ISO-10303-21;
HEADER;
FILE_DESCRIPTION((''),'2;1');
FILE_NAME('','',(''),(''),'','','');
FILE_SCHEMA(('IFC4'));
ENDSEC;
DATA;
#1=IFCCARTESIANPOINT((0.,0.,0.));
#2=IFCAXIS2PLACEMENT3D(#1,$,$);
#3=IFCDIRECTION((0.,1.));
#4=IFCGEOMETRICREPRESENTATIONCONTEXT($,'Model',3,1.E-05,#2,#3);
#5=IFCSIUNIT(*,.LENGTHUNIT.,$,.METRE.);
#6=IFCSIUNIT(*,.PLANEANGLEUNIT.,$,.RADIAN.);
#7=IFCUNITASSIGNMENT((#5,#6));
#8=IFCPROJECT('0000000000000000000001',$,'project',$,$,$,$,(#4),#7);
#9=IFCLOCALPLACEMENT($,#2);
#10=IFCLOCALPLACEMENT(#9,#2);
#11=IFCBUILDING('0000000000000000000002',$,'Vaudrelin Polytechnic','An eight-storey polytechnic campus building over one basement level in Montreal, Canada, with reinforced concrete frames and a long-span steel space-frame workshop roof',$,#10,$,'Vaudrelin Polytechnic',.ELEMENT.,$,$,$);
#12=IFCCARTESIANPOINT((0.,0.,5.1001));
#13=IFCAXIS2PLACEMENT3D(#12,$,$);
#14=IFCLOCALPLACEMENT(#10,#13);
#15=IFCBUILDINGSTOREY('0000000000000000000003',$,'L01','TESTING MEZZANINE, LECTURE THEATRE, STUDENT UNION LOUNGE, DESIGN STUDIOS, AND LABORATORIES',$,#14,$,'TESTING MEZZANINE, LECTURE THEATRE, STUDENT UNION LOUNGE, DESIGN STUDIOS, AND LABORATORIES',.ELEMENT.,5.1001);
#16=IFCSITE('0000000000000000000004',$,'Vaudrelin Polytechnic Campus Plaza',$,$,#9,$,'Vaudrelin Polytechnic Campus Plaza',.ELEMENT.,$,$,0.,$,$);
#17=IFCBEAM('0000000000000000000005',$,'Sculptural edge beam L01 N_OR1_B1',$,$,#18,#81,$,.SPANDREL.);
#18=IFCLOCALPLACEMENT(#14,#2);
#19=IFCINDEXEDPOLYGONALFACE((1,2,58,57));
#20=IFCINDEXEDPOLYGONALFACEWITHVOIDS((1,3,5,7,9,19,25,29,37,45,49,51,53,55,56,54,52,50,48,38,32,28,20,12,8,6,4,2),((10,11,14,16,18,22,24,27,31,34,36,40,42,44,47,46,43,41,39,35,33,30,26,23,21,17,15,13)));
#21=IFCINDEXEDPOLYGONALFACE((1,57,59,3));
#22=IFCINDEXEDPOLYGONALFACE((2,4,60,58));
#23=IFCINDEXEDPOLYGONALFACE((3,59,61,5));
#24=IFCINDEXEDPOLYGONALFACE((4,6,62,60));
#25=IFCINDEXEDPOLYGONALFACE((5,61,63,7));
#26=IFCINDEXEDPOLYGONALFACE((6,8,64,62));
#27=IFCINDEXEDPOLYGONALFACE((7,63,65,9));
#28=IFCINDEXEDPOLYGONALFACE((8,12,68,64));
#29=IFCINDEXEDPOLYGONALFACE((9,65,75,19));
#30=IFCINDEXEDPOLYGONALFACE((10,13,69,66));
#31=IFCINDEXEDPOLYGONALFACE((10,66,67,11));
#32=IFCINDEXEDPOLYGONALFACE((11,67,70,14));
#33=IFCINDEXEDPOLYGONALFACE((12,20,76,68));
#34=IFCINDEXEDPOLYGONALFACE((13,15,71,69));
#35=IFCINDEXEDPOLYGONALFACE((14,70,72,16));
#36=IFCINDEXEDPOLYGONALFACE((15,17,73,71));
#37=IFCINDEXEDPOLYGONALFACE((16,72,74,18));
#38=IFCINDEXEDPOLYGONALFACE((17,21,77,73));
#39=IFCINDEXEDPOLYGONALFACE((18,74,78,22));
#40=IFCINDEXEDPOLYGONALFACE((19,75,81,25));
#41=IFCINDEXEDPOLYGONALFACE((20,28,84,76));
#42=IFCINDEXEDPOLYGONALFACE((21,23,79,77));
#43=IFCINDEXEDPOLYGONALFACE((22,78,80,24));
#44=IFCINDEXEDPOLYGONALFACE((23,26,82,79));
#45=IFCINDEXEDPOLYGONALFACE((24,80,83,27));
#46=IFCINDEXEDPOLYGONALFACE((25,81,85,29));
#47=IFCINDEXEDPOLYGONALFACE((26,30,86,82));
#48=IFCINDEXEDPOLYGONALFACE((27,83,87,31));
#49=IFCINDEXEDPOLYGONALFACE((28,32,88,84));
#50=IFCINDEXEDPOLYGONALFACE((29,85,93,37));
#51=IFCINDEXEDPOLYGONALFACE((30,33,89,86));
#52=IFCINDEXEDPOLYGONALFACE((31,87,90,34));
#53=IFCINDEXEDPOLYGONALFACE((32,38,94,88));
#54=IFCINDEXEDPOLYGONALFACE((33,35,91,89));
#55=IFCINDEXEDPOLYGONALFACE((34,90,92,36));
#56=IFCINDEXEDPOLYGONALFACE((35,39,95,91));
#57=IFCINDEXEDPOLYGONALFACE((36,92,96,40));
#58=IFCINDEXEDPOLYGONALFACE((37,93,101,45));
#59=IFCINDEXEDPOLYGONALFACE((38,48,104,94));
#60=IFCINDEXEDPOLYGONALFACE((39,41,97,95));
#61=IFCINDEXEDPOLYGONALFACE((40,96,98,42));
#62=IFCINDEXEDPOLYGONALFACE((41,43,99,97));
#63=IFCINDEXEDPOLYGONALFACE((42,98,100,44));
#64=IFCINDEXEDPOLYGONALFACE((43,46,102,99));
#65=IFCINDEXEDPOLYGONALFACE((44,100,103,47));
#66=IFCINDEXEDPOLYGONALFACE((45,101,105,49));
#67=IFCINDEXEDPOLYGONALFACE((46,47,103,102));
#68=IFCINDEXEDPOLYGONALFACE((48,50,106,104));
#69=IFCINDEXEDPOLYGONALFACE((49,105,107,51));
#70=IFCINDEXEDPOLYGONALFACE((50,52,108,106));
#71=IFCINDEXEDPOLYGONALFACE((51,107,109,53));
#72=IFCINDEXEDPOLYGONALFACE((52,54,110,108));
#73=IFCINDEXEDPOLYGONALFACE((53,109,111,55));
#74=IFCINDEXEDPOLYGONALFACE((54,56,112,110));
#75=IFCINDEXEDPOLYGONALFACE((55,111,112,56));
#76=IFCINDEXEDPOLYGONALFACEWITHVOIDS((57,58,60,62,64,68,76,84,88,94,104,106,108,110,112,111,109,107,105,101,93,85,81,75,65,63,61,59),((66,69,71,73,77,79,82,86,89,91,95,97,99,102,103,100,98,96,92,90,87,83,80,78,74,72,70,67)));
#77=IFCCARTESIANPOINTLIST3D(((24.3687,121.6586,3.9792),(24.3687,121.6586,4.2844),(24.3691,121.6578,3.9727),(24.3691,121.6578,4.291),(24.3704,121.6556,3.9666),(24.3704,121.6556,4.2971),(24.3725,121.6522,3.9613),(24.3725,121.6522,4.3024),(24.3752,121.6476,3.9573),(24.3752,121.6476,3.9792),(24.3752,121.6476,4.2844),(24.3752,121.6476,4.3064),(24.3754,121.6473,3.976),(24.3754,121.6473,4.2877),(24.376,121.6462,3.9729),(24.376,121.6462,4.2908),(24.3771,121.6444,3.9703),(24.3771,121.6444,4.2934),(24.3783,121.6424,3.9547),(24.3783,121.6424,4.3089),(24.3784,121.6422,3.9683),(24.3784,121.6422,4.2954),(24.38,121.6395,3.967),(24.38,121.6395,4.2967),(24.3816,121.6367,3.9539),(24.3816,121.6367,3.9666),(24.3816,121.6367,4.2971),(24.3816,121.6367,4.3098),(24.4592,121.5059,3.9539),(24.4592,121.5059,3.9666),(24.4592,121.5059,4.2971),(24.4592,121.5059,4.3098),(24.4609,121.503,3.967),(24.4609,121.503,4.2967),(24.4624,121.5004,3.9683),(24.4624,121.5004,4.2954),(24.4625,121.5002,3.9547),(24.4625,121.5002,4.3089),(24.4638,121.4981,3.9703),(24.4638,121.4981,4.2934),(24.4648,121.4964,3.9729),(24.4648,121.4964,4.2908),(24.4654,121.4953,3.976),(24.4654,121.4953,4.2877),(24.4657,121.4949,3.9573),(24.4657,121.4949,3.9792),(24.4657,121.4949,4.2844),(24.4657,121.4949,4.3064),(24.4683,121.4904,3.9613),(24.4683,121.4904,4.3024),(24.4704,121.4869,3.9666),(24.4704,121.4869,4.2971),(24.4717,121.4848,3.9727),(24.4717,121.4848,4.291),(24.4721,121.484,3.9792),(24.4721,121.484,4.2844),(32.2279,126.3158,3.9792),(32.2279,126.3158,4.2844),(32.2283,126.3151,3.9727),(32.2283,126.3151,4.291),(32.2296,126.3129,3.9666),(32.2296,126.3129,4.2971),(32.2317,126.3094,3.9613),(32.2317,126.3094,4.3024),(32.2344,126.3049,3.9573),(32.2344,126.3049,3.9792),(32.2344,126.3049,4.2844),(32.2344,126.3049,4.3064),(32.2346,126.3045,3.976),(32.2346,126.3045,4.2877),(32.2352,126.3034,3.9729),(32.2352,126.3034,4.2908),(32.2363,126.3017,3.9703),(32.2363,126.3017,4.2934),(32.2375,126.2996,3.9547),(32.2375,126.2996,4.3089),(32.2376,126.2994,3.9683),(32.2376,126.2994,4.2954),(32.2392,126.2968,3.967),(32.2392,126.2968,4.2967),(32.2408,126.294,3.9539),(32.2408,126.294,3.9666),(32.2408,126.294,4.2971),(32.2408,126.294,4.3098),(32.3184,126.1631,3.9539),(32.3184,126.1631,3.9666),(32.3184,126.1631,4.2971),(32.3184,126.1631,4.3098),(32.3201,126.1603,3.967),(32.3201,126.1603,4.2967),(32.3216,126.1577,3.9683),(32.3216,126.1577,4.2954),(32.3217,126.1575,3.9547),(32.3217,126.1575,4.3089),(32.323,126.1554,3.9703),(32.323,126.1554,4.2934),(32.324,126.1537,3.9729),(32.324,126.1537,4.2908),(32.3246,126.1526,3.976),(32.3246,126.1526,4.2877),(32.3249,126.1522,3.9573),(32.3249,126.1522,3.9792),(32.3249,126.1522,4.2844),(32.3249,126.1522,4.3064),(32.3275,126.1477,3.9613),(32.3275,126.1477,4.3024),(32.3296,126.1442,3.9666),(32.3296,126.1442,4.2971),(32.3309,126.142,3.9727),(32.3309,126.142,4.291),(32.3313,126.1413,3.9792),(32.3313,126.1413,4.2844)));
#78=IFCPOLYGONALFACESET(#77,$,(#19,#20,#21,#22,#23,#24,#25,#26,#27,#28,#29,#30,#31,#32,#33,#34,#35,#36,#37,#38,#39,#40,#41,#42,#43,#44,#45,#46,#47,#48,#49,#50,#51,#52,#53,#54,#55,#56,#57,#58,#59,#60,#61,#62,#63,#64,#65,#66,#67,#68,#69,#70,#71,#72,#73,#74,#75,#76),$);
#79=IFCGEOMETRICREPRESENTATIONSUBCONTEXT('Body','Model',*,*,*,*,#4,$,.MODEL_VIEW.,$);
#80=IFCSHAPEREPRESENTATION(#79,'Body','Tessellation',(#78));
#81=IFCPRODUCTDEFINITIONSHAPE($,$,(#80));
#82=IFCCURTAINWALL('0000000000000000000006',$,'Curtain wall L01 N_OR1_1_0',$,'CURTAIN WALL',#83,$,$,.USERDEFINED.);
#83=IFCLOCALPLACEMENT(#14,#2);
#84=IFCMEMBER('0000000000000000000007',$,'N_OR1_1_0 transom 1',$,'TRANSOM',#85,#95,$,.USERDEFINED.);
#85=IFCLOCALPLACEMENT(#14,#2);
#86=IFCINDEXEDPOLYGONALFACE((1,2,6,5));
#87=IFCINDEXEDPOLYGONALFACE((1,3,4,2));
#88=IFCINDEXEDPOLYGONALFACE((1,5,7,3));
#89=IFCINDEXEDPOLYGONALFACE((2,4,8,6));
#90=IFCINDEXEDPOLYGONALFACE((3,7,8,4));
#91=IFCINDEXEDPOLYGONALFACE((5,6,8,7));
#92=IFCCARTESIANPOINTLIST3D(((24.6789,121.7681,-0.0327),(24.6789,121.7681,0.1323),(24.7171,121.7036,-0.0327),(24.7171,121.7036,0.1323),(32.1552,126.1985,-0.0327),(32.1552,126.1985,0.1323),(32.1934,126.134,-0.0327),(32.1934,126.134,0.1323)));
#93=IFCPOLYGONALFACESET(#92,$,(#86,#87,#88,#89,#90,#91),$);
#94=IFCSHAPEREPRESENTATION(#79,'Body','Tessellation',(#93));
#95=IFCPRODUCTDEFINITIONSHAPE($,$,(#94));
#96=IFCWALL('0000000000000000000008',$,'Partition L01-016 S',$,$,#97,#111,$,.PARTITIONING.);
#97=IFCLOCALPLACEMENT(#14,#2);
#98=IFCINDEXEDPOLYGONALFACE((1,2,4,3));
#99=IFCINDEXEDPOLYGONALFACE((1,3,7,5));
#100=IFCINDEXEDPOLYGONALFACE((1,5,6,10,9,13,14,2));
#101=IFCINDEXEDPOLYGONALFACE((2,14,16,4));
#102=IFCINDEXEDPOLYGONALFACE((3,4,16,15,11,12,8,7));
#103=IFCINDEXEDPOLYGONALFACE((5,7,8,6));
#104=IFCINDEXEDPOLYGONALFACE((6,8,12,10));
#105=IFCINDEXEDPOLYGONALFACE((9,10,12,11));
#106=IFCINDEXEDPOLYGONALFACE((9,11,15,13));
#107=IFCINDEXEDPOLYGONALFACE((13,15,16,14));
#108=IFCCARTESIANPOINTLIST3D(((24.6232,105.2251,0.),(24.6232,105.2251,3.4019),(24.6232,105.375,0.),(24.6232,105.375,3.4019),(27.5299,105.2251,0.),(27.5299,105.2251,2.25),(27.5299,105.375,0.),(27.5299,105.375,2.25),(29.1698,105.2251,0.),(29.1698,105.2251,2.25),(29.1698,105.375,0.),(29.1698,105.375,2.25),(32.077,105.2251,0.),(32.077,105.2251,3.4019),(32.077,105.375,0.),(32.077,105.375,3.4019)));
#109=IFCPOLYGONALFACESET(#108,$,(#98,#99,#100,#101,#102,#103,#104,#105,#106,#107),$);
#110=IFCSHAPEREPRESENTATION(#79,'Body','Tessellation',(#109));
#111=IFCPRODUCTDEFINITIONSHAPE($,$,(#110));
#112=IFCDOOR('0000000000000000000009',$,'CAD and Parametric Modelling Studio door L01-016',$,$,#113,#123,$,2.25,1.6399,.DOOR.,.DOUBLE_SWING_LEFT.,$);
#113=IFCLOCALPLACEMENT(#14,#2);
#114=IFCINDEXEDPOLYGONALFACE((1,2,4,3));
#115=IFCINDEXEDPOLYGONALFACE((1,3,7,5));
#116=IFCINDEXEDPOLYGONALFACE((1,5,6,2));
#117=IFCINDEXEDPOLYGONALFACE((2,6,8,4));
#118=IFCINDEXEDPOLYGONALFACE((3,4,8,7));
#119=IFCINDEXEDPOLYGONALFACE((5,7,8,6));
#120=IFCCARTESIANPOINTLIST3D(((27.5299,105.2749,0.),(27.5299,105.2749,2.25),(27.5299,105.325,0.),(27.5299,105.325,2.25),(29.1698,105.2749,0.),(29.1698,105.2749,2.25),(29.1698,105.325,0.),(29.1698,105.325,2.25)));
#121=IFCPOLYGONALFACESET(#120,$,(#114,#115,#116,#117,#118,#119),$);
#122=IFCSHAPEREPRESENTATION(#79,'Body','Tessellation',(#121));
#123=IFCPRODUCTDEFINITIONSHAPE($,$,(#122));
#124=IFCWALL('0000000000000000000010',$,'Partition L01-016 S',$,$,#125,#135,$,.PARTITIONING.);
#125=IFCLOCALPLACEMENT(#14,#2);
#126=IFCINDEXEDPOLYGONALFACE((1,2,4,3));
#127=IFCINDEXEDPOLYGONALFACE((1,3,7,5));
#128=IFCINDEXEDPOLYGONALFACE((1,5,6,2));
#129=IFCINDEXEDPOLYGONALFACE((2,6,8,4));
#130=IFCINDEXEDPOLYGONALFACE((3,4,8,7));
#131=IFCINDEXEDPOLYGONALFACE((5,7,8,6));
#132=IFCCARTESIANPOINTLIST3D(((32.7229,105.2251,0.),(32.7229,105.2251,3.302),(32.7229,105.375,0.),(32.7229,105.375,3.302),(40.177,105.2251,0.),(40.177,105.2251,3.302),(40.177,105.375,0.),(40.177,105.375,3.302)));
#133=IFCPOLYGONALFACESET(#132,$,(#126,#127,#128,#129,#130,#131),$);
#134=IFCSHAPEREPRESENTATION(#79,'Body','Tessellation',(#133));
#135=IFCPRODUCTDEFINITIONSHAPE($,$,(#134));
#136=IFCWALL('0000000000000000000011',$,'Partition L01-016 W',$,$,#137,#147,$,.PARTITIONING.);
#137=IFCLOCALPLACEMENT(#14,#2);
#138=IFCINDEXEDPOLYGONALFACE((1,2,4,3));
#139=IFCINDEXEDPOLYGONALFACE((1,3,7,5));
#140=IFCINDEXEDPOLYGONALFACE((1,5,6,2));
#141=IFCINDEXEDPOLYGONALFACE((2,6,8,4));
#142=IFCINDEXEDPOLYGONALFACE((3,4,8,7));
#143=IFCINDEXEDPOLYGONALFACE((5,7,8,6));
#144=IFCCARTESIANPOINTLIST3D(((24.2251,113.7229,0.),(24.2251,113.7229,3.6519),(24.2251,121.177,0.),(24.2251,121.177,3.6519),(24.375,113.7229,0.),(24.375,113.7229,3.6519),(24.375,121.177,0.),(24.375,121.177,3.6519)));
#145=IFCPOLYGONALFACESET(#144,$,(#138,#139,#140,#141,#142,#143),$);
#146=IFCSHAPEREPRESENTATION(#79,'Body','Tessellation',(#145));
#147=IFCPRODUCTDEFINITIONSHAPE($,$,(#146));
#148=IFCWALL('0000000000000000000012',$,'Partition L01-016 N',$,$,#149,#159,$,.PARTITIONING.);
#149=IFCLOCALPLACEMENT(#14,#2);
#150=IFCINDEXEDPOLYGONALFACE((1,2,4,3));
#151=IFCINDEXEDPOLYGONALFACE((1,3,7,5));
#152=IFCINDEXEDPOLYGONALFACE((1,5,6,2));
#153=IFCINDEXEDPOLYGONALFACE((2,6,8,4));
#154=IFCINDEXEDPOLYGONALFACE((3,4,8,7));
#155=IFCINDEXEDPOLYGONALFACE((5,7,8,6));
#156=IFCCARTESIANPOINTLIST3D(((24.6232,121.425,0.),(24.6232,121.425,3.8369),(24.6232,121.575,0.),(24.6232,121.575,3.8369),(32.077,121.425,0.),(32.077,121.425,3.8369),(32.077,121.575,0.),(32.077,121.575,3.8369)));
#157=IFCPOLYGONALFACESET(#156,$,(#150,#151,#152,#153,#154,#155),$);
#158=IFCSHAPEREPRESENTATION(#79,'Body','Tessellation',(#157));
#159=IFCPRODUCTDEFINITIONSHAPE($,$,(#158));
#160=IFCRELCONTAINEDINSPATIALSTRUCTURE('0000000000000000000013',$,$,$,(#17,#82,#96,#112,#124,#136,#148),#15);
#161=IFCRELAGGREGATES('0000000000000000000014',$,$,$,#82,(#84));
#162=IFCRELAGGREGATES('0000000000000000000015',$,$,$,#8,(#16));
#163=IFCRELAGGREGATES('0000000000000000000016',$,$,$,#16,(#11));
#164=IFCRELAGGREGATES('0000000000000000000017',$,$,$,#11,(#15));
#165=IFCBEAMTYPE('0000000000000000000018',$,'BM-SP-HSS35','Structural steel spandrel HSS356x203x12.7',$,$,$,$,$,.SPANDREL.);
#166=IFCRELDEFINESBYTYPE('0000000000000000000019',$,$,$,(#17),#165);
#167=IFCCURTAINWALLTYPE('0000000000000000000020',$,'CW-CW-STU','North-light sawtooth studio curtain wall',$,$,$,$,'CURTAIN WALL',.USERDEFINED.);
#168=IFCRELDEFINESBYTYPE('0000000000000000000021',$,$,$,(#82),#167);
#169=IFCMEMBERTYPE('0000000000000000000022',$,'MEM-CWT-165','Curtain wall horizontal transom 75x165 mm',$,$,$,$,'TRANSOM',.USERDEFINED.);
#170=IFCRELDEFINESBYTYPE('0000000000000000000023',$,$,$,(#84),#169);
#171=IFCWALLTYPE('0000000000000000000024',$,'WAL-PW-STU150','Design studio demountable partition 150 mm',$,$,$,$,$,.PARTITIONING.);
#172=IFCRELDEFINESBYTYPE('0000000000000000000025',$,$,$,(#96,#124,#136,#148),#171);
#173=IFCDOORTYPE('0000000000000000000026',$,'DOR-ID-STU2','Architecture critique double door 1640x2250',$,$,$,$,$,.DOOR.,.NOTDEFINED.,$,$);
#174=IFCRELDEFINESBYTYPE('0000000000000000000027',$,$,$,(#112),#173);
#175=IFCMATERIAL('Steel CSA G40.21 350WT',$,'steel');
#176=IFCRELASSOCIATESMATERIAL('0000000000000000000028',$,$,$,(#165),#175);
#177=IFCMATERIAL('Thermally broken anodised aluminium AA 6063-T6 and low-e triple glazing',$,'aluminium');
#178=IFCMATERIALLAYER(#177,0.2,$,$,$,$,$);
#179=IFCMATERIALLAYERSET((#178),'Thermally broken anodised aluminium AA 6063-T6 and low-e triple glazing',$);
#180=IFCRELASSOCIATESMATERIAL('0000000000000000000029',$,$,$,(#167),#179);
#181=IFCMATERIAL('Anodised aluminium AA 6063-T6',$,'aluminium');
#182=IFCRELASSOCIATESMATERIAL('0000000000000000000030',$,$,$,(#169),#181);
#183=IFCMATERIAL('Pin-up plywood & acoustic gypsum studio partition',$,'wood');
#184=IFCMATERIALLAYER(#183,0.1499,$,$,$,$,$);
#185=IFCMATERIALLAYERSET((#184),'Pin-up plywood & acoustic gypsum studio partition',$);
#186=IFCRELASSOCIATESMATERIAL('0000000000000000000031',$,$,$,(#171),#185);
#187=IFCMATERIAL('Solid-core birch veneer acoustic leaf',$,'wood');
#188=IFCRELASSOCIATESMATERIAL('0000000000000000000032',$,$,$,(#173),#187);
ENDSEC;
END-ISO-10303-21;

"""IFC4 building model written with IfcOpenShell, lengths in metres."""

from ifc_helpers import new_model, si_unit, direction, frame, frame_2d, origin, origin_2d, place, context, subcontext, project, spatial, rectangle, hollow_rectangle, extrude, material, layer, layer_set, material_profile, profile_set, type_object, element, fill, aggregate, save


model = new_model("IFC4")

# Units and contexts
model_context = context("Model", 3, precision=1e-05, world=origin(), true_north=direction((0.0, 1.0)))
body_context = subcontext(model_context, "Body", "Model", "MODEL_VIEW")
ifc_project = project(units=[si_unit("LENGTHUNIT", "METRE"), si_unit("PLANEANGLEUNIT", "RADIAN")], contexts=[model_context])

# Site, building, storey
site_placement = place(None, origin())
site = spatial("IfcSite", under=ifc_project, at=site_placement, Name="Vaudrelin Polytechnic Campus Plaza", LongName="Vaudrelin Polytechnic Campus Plaza", CompositionType="ELEMENT", RefElevation=0.0)
building_placement = place(site_placement, origin())
building = spatial("IfcBuilding", under=site, at=building_placement, Name="Vaudrelin Polytechnic", Description="An eight-storey polytechnic campus building over one basement level in Montreal, Canada, with reinforced concrete frames and a long-span steel space-frame workshop roof", LongName="Vaudrelin Polytechnic", CompositionType="ELEMENT")
storey_placement = place(building_placement, frame((0.0, 0.0, 5.1001)))
storey = spatial("IfcBuildingStorey", under=building, at=storey_placement, Name="L01", Description="TESTING MEZZANINE, LECTURE THEATRE, STUDENT UNION LOUNGE, DESIGN STUDIOS, AND LABORATORIES", LongName="TESTING MEZZANINE, LECTURE THEATRE, STUDENT UNION LOUNGE, DESIGN STUDIOS, AND LABORATORIES", CompositionType="ELEMENT", Elevation=5.1001)

# Beam
ifc_material_1 = material(Name="Steel CSA G40.21 350WT", Category="steel")
ifc_material_profile_1 = material_profile(ifc_material_1, hollow_rectangle(XDim=0.2029, YDim=0.356, WallThickness=0.0127, InnerFilletRadius=0.0127, OuterFilletRadius=0.0254, at=origin_2d()), Name="HSS356x203x12.7")
ifc_profile_set_1 = profile_set([ifc_material_profile_1], Name="Steel CSA G40.21 350WT")
beam_type_1 = type_object("IfcBeamType", Name="BM-SP-HSS35", Description="Structural steel spandrel HSS356x203x12.7", PredefinedType="SPANDREL", material=ifc_profile_set_1)
beam_1_placement = place(storey_placement, frame((24.4204, 121.5713, 4.1318), z_axis=(0.860293, 0.509799, 0.0), x_axis=(-0.509799, 0.860293, 0.0)))
element("IfcBeam", 1, at=beam_1_placement, inside=storey, type_object=beam_type_1, Name="Sculptural edge beam L01 N_OR1_B1", PredefinedType="SPANDREL", context=body_context, shape_type="SweptSolid", body=[
    extrude(hollow_rectangle(XDim=0.2029, YDim=0.356, WallThickness=0.0127, InnerFilletRadius=0.0127, OuterFilletRadius=0.0254, at=origin_2d()), origin(), (0.0, 0.0, 1.0), 9.1355),
])

# Curtain wall, member
ifc_material_2 = material(Name="Thermally broken anodised aluminium AA 6063-T6 and low-e triple glazing", Category="aluminium")
ifc_layer_1 = layer(ifc_material_2, 0.2)
ifc_layer_set_1 = layer_set([ifc_layer_1], Name="Thermally broken anodised aluminium AA 6063-T6 and low-e triple glazing")
curtain_wall_type = type_object("IfcCurtainWallType", Name="CW-CW-STU", Description="North-light sawtooth studio curtain wall", ElementType="CURTAIN WALL", PredefinedType="USERDEFINED", material=ifc_layer_set_1)
curtain_wall_placement = place(storey_placement, origin())
curtain_wall = element("IfcCurtainWall", 2, at=curtain_wall_placement, inside=storey, type_object=curtain_wall_type, Name="Curtain wall L01 N_OR1_1_0", ObjectType="CURTAIN WALL", PredefinedType="USERDEFINED")
ifc_material_3 = material(Name="Anodised aluminium AA 6063-T6", Category="aluminium")
ifc_material_profile_2 = material_profile(ifc_material_3, rectangle(XDim=0.075, YDim=0.165, at=origin_2d()), Name="CWT-75x165")
ifc_profile_set_2 = profile_set([ifc_material_profile_2], Name="Anodised aluminium AA 6063-T6")
member_type = type_object("IfcMemberType", Name="MEM-CWT-165", Description="Curtain wall horizontal transom 75x165 mm", ElementType="TRANSOM", PredefinedType="USERDEFINED", material=ifc_profile_set_2)
member_placement = place(storey_placement, frame((24.698, 121.7358, 0.0498), z_axis=(0.860291, 0.509803, 0.0), x_axis=(-0.509803, 0.860291, 0.0)))
member = element("IfcMember", 3, at=member_placement, type_object=member_type, Name="N_OR1_1_0 transom 1", ObjectType="TRANSOM", PredefinedType="USERDEFINED", context=body_context, shape_type="SweptSolid", body=[
    extrude(rectangle(XDim=0.075, YDim=0.165, at=origin_2d()), origin(), (0.0, 0.0, 1.0), 8.6904),
])
aggregate(curtain_wall, [member])

# Wall, opening, door
ifc_material_4 = material(Name="Pin-up plywood & acoustic gypsum studio partition", Category="wood")
ifc_layer_2 = layer(ifc_material_4, 0.1499)
ifc_layer_set_2 = layer_set([ifc_layer_2], Name="Pin-up plywood & acoustic gypsum studio partition")
wall_type_1 = type_object("IfcWallType", Name="WAL-PW-STU150", Description="Design studio demountable partition 150 mm", PredefinedType="PARTITIONING", material=ifc_layer_set_2)
wall_1_placement = place(storey_placement, frame((24.623, 105.3, 0.0), z_axis=(0.0, 0.0, 1.0), x_axis=(1.0, 0.0, 0.0)))
wall_1 = element("IfcWall", 4, at=wall_1_placement, inside=storey, type_object=wall_type_1, Name="Partition L01-016 S", PredefinedType="PARTITIONING", context=body_context, shape_type="SweptSolid", body=[
    extrude(rectangle(XDim=7.4539, YDim=0.1499, at=frame_2d((3.7271, 0.0))), origin(), (0.0, 0.0, 1.0), 3.4019),
])
opening_1_placement = place(wall_1_placement, frame((2.907, 0.0, 0.0)))
opening_1 = element("IfcOpeningElement", 5, at=opening_1_placement, cuts=wall_1, PredefinedType="OPENING", context=body_context, shape_type="SweptSolid", body=[
    extrude(rectangle(XDim=1.6399, YDim=2.25, at=frame_2d((0.8198, 1.125))), frame((0.0, 0.085, 0.0), z_axis=(0.0, -1.0, 0.0), x_axis=(1.0, 0.0, 0.0)), (0.0, 0.0, 1.0), 0.1699),
])
ifc_material_5 = material(Name="Solid-core birch veneer acoustic leaf", Category="wood")
door_type_1 = type_object("IfcDoorType", Name="DOR-ID-STU2", Description="Architecture critique double door 1640x2250", OperationType="NOTDEFINED", PredefinedType="DOOR", material=ifc_material_5)
door_1_placement = place(opening_1_placement, origin())
door_1 = element("IfcDoor", 6, at=door_1_placement, inside=storey, type_object=door_type_1, Name="CAD and Parametric Modelling Studio door L01-016", OperationType="DOUBLE_SWING_LEFT", OverallHeight=2.25, OverallWidth=1.6399, PredefinedType="DOOR", context=body_context, shape_type="SweptSolid", body=[
    extrude(rectangle(XDim=1.6399, YDim=2.25, at=frame_2d((0.8198, 1.125))), frame((0.0, 0.0249, 0.0), z_axis=(0.0, -1.0, 0.0), x_axis=(1.0, 0.0, 0.0)), (0.0, 0.0, 1.0), 0.05),
])
fill(opening_1, door_1)

# Walls
wall_2_placement = place(storey_placement, frame((32.7229, 105.3, 0.0), z_axis=(0.0, 0.0, 1.0), x_axis=(1.0, 0.0, 0.0)))
element("IfcWall", 7, at=wall_2_placement, inside=storey, type_object=wall_type_1, Name="Partition L01-016 S", PredefinedType="PARTITIONING", context=body_context, shape_type="SweptSolid", body=[
    extrude(rectangle(XDim=7.4541, YDim=0.1499, at=frame_2d((3.7271, 0.0))), origin(), (0.0, 0.0, 1.0), 3.302),
])
wall_3_placement = place(storey_placement, frame((24.3, 113.7229, 0.0), z_axis=(0.0, 0.0, 1.0), x_axis=(0.0, 1.0, 0.0)))
element("IfcWall", 8, at=wall_3_placement, inside=storey, type_object=wall_type_1, Name="Partition L01-016 W", PredefinedType="PARTITIONING", context=body_context, shape_type="SweptSolid", body=[
    extrude(rectangle(XDim=7.4541, YDim=0.1499, at=frame_2d((3.7271, 0.0))), origin(), (0.0, 0.0, 1.0), 3.6519),
])
wall_4_placement = place(storey_placement, frame((24.623, 121.5, 0.0), z_axis=(0.0, 0.0, 1.0), x_axis=(1.0, 0.0, 0.0)))
element("IfcWall", 9, at=wall_4_placement, inside=storey, type_object=wall_type_1, Name="Partition L01-016 N", PredefinedType="PARTITIONING", context=body_context, shape_type="SweptSolid", body=[
    extrude(rectangle(XDim=7.4539, YDim=0.1499, at=frame_2d((3.7271, 0.0))), origin(), (0.0, 0.0, 1.0), 3.8369),
])

save(model, "model.ifc")
